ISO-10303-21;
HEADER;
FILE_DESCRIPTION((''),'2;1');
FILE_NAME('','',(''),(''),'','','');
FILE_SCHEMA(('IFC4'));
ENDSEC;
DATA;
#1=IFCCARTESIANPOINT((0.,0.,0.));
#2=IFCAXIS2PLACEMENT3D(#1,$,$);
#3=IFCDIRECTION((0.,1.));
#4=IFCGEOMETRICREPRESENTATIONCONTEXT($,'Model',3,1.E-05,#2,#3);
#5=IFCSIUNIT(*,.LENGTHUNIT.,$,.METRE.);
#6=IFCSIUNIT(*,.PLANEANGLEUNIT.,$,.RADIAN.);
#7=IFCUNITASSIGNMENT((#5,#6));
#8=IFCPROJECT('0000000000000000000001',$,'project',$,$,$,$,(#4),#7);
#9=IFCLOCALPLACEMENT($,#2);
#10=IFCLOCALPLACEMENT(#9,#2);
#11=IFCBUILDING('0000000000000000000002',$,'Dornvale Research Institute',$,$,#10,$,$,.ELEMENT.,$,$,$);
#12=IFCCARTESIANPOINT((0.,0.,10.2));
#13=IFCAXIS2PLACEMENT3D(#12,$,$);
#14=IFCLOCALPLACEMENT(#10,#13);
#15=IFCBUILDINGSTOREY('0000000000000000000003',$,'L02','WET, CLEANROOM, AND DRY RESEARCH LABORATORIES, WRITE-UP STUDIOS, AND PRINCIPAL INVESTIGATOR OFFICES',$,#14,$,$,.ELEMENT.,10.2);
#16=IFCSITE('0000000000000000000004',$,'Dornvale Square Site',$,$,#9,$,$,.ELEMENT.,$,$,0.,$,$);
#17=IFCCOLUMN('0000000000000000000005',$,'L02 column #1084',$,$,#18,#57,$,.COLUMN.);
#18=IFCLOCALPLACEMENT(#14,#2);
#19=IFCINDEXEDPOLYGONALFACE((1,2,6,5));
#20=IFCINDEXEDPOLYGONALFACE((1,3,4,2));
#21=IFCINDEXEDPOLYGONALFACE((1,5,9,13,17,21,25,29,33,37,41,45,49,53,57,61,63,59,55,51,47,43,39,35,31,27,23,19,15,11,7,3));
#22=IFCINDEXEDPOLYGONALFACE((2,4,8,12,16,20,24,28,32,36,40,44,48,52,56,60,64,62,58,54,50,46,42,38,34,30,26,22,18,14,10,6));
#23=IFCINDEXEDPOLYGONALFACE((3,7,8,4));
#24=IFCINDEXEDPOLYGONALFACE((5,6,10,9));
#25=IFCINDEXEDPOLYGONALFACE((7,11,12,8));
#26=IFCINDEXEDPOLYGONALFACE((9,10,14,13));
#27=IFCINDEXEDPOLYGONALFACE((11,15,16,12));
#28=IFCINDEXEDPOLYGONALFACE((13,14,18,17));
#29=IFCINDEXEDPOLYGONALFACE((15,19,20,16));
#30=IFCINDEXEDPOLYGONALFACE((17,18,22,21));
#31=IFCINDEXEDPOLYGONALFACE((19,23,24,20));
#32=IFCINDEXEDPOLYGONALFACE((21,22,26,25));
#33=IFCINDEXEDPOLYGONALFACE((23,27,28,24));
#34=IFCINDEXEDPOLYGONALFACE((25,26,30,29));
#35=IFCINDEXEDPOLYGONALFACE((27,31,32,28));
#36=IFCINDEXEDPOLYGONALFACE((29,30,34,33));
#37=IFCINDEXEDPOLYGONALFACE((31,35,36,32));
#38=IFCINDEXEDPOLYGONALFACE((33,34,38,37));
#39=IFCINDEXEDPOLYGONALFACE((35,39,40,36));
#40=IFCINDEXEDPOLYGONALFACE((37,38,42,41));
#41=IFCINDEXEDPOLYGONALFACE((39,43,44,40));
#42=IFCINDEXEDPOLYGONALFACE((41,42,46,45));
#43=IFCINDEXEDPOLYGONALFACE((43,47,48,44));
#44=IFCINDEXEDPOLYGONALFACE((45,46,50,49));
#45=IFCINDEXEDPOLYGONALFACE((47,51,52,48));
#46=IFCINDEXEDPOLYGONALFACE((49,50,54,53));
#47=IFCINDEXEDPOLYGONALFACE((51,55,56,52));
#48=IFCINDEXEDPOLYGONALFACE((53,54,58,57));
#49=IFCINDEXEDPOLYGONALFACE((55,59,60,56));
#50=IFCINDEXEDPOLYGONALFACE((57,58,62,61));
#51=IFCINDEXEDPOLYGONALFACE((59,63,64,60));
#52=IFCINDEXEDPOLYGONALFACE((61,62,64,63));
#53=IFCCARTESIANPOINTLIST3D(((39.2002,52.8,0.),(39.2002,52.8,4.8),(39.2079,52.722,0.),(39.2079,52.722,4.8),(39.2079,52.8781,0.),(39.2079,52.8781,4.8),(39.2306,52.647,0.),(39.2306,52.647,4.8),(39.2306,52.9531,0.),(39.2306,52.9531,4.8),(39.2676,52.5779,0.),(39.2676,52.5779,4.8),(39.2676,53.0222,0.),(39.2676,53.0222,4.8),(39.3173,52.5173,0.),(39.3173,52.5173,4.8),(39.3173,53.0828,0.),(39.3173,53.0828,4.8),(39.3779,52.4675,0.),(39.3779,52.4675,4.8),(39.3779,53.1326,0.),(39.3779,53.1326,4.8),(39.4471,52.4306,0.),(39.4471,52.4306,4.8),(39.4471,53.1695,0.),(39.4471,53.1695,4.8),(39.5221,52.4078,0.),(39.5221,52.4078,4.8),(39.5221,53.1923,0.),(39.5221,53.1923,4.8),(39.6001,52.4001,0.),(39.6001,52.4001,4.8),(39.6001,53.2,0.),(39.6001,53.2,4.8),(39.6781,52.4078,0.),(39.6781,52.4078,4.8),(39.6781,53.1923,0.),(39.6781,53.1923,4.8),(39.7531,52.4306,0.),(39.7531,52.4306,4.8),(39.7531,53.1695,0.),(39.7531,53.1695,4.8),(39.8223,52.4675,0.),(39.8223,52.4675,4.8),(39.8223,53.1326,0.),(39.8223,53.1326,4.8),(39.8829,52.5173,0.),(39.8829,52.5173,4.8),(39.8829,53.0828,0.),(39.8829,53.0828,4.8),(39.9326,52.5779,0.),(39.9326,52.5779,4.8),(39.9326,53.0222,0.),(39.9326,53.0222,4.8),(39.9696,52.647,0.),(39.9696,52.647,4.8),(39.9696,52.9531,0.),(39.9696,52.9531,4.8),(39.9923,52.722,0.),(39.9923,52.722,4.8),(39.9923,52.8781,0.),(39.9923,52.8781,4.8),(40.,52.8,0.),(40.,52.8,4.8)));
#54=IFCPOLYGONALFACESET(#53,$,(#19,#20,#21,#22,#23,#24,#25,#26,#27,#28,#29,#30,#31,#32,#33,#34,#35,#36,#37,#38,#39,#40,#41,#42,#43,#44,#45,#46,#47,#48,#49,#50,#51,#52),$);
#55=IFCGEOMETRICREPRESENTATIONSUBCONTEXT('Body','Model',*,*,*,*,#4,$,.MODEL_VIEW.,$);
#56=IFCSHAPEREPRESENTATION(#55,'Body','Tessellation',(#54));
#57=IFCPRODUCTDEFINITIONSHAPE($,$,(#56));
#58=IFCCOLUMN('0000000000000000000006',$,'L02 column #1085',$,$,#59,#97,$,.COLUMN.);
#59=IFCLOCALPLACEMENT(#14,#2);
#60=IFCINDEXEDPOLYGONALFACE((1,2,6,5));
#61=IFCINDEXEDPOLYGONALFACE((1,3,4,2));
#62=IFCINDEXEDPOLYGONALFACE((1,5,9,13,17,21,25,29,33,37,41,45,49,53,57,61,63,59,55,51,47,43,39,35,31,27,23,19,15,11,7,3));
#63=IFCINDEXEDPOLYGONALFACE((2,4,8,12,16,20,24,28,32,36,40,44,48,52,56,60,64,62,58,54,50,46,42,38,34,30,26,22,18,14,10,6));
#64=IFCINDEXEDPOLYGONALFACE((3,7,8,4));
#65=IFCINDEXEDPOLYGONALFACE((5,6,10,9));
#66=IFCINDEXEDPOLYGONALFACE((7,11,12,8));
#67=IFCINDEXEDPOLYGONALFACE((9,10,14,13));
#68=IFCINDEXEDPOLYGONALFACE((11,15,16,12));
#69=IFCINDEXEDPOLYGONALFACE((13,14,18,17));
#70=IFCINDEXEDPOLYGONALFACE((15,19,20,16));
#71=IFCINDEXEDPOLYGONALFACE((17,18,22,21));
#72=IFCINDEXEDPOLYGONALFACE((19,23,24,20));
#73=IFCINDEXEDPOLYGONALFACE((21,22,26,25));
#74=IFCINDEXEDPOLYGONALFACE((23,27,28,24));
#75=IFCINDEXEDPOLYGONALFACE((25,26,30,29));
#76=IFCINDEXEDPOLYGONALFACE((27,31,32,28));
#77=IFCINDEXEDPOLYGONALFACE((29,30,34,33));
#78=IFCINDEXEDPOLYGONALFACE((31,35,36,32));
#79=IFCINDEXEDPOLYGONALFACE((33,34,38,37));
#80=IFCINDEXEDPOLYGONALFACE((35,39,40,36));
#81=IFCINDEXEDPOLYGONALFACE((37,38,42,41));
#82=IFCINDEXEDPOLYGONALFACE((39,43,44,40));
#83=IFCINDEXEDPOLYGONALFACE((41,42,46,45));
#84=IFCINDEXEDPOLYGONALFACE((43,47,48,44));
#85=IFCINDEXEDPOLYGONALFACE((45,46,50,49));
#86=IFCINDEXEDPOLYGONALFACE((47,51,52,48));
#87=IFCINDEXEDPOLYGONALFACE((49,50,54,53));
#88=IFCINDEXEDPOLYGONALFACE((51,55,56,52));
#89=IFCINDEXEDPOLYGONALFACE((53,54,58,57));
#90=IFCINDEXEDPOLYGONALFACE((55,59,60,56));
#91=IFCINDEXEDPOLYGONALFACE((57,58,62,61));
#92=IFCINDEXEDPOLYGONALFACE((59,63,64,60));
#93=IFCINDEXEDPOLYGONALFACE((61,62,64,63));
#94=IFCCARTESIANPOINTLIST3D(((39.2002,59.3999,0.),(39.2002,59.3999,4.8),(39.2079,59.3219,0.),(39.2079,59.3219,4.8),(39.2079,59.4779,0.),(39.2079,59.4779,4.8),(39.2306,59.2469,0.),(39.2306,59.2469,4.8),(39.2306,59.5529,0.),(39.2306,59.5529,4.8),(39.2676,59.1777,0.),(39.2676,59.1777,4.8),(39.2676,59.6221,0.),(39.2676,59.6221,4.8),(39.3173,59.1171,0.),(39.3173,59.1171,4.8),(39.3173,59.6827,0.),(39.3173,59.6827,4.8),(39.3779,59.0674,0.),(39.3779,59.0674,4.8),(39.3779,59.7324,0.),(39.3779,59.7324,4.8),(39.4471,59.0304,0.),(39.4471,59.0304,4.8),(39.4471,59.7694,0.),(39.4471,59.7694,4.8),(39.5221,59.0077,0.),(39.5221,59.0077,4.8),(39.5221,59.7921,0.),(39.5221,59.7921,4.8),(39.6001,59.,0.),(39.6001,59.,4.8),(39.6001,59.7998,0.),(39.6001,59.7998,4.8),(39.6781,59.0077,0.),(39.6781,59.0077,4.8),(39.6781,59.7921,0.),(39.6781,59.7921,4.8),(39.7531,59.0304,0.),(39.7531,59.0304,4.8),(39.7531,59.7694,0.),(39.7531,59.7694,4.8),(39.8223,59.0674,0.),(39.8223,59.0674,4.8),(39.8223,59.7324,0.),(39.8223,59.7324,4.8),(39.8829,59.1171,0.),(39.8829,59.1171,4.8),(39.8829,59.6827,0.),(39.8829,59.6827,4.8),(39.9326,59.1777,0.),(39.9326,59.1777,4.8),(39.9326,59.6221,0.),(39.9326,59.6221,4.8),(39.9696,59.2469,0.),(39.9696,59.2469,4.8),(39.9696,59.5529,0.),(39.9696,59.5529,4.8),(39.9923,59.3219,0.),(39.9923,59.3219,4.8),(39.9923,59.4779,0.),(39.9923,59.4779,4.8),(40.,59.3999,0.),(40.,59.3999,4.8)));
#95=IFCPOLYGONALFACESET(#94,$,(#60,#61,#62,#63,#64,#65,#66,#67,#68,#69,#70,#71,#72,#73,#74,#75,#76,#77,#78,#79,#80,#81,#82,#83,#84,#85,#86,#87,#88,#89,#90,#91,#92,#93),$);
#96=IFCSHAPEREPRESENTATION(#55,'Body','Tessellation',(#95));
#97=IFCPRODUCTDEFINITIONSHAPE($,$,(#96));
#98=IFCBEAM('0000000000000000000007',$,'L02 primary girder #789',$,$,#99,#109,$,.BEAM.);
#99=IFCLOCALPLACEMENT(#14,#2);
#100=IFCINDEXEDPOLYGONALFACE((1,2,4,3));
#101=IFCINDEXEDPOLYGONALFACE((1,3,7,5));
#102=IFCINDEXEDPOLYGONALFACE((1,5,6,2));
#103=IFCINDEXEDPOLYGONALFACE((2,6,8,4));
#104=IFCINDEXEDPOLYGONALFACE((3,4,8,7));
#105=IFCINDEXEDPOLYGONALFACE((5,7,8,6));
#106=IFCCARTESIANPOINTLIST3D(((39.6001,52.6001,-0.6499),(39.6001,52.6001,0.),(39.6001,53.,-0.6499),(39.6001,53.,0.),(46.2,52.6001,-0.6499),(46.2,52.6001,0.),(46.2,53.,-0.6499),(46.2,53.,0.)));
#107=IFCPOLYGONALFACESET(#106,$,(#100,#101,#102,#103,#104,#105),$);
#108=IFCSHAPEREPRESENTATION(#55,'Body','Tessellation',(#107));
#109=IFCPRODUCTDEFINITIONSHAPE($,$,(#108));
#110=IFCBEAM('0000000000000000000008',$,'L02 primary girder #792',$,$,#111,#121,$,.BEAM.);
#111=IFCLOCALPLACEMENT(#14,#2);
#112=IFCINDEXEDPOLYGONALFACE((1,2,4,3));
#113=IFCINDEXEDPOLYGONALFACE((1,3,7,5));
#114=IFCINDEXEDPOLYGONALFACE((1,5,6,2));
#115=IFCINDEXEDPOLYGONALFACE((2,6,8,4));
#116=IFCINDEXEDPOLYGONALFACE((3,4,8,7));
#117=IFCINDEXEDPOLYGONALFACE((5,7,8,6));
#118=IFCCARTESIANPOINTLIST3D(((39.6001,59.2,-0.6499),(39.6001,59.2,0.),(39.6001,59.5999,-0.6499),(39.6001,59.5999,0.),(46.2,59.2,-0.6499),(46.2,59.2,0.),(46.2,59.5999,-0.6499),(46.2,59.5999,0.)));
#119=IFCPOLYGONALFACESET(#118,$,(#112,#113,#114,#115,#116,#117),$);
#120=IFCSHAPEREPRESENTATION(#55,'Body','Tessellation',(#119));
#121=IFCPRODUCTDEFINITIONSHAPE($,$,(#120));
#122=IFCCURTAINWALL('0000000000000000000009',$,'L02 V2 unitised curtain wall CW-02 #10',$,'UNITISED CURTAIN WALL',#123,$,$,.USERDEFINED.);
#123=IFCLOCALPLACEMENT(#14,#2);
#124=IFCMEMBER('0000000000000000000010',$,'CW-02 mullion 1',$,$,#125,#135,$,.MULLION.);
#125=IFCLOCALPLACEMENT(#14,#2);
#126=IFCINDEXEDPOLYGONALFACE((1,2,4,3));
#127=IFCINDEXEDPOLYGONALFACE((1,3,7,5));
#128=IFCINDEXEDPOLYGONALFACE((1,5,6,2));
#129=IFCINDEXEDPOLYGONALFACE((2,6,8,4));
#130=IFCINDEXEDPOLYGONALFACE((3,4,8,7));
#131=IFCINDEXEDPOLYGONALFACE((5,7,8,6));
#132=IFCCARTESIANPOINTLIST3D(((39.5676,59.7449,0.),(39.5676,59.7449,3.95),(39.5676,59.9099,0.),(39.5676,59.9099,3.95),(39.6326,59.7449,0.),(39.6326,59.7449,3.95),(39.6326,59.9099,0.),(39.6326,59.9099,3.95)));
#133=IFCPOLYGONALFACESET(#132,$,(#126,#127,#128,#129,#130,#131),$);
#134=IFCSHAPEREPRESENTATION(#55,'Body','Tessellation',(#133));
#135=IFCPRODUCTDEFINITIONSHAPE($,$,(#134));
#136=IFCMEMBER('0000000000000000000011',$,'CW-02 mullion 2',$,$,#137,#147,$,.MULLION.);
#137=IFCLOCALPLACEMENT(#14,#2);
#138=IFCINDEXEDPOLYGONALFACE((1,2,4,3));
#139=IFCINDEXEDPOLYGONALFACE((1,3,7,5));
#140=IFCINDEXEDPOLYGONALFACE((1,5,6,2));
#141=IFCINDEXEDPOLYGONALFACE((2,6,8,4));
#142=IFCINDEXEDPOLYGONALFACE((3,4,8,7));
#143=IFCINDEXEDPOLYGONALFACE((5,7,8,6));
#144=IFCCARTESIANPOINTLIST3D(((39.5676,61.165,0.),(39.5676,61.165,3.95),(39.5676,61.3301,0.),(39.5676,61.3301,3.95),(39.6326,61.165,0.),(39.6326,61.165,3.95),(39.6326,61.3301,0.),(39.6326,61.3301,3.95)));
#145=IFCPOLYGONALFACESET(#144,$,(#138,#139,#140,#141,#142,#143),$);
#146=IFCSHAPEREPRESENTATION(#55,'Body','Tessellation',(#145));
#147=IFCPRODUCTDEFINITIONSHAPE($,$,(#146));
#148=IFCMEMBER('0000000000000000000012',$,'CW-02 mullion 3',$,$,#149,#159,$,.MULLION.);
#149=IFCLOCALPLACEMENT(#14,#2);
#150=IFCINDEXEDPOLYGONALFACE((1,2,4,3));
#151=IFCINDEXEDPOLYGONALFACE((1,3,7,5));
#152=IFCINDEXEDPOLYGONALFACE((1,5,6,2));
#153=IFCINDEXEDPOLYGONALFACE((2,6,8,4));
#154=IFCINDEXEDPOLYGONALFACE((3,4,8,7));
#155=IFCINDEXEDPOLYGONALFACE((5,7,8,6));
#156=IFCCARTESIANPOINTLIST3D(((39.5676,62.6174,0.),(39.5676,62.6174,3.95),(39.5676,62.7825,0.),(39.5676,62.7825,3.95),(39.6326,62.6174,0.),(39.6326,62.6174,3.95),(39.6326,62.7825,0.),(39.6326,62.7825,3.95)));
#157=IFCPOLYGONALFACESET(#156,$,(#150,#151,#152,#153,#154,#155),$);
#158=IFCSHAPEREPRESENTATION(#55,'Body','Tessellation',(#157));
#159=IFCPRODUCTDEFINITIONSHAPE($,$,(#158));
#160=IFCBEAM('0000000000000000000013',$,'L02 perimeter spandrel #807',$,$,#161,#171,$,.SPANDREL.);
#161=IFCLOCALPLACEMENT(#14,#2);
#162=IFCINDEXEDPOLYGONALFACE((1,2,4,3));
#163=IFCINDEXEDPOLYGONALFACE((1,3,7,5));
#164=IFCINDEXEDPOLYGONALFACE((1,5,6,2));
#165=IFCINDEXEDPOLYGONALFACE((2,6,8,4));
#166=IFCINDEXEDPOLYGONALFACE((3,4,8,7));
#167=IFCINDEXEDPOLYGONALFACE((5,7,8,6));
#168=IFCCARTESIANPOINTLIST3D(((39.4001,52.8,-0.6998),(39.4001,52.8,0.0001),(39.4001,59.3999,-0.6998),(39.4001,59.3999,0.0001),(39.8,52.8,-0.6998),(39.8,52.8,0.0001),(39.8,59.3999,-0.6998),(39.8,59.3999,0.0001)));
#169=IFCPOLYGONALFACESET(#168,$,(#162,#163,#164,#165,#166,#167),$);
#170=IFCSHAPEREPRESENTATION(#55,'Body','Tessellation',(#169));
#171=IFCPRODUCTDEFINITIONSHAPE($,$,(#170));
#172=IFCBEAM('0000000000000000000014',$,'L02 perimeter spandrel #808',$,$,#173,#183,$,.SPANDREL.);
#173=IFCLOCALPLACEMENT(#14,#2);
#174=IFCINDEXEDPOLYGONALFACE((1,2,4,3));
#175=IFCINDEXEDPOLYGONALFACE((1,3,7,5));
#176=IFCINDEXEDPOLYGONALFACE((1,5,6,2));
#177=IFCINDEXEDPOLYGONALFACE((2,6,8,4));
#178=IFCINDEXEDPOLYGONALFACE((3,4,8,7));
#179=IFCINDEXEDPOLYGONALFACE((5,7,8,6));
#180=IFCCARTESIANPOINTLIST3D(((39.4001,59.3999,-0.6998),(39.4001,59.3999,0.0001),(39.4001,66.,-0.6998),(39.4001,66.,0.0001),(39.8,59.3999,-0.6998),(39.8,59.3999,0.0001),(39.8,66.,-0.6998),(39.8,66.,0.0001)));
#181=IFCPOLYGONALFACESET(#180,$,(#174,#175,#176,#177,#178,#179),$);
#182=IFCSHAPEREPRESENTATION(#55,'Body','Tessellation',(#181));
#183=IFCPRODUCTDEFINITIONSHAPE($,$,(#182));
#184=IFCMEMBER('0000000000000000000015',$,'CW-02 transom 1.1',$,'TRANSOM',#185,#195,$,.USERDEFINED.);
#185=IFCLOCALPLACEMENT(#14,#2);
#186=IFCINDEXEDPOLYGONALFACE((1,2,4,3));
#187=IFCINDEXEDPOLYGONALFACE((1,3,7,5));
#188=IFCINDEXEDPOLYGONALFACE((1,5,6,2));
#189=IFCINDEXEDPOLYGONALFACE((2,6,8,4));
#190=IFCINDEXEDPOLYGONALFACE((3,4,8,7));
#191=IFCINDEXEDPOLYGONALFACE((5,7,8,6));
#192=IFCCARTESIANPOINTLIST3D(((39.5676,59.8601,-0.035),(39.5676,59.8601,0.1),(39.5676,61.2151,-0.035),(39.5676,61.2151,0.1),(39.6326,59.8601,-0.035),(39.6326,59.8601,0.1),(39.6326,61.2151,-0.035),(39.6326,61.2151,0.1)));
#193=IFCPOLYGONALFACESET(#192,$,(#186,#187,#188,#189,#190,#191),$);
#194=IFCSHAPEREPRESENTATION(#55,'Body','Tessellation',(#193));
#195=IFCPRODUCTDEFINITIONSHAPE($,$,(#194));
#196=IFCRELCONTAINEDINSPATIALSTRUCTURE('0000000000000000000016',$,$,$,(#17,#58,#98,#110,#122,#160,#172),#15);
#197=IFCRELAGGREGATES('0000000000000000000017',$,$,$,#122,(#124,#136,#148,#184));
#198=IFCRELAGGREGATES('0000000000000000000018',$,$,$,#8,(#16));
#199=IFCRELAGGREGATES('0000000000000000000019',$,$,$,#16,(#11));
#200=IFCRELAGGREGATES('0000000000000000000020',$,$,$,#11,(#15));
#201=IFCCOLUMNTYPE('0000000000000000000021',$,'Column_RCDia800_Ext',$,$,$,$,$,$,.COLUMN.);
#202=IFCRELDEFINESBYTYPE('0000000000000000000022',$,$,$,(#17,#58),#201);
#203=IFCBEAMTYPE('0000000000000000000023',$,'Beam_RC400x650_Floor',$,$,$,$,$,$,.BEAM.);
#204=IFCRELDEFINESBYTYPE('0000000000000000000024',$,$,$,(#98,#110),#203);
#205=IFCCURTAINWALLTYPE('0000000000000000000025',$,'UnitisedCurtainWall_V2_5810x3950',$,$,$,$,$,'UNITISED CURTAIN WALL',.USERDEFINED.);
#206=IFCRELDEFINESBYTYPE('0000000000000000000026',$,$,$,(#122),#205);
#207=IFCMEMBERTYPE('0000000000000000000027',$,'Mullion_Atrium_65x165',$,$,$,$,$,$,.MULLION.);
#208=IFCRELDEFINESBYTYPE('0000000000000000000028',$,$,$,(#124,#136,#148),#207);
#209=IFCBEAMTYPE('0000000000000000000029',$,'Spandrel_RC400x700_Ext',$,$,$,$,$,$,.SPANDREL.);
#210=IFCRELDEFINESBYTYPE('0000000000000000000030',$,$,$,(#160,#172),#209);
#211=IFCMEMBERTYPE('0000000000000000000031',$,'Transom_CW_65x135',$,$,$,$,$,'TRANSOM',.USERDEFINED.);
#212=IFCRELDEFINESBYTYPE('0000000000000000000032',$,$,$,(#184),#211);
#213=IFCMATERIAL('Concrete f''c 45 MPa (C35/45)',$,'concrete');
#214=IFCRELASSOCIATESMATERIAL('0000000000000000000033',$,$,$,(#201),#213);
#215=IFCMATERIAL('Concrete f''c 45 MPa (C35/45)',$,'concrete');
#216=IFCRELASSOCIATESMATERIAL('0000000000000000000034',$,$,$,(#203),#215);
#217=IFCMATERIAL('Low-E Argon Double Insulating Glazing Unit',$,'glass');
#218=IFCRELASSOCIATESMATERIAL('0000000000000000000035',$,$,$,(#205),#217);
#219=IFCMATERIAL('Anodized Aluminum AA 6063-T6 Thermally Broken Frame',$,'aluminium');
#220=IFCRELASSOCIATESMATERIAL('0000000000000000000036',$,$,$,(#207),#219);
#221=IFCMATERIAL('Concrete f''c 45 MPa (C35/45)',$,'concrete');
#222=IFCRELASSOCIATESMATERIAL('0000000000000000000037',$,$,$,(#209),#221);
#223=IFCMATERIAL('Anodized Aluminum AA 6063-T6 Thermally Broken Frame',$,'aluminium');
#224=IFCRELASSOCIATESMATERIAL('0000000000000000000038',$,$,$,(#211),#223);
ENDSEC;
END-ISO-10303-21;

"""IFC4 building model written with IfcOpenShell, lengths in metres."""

from ifc_helpers import new_model, si_unit, direction, frame, origin, origin_2d, place, context, subcontext, project, spatial, rectangle, circle, extrude, material, material_profile, profile_set, type_object, element, aggregate, save


model = new_model("IFC4")

# Units and contexts
model_context = context("Model", 3, precision=1e-05, world=origin(), true_north=direction((0.0, 1.0)))
body_context = subcontext(model_context, "Body", "Model", "MODEL_VIEW")
ifc_project = project(units=[si_unit("LENGTHUNIT", "METRE"), si_unit("PLANEANGLEUNIT", "RADIAN")], contexts=[model_context])

# Site, building, storey
site_placement = place(None, origin())
site = spatial("IfcSite", under=ifc_project, at=site_placement, Name="Dornvale Square Site", CompositionType="ELEMENT", RefElevation=0.0)
building_placement = place(site_placement, origin())
building = spatial("IfcBuilding", under=site, at=building_placement, Name="Dornvale Research Institute", CompositionType="ELEMENT")
storey_placement = place(building_placement, frame((0.0, 0.0, 10.2)))
storey = spatial("IfcBuildingStorey", under=building, at=storey_placement, Name="L02", Description="WET, CLEANROOM, AND DRY RESEARCH LABORATORIES, WRITE-UP STUDIOS, AND PRINCIPAL INVESTIGATOR OFFICES", CompositionType="ELEMENT", Elevation=10.2)

# Columns
ifc_material_1 = material(Name="Concrete f'c 45 MPa (C35/45)", Category="concrete")
ifc_material_profile_1 = material_profile(ifc_material_1, circle(Radius=0.3999, at=origin_2d()), Name="RC DIA 800")
ifc_profile_set_1 = profile_set([ifc_material_profile_1], Name="Concrete f'c 45 MPa (C35/45)")
column_type = type_object("IfcColumnType", Name="Column_RCDia800_Ext", PredefinedType="COLUMN", material=ifc_profile_set_1)
for number, where, z_axis, x_axis, name in (
    (1, (39.6001, 52.8, 0.0), (0.0, 0.0, 1.0), (1.0, 0.0, 0.0), "L02 column #1084"),
    (2, (39.6001, 59.3999, 0.0), (0.0, 0.0, 1.0), (1.0, 0.0, 0.0), "L02 column #1085"),
):
    element("IfcColumn", number, at=place(storey_placement, frame(where, z_axis=z_axis, x_axis=x_axis)), inside=storey, type_object=column_type, Name=name, PredefinedType="COLUMN", context=body_context, shape_type="SweptSolid", body=[
        extrude(circle(Radius=0.3999, at=origin_2d()), origin(), (0.0, 0.0, 1.0), 4.8),
    ])

# Beams
ifc_material_2 = material(Name="Concrete f'c 45 MPa (C35/45)", Category="concrete")
ifc_material_profile_2 = material_profile(ifc_material_2, rectangle(XDim=0.3999, YDim=0.6499, at=origin_2d()), Name="RC 400x650")
ifc_profile_set_2 = profile_set([ifc_material_profile_2], Name="Concrete f'c 45 MPa (C35/45)")
beam_type_1 = type_object("IfcBeamType", Name="Beam_RC400x650_Floor", PredefinedType="BEAM", material=ifc_profile_set_2)
for number, where, z_axis, x_axis, name in (
    (3, (39.6001, 52.8, -0.325), (1.0, 0.0, 0.0), (0.0, 1.0, 0.0), "L02 primary girder #789"),
    (4, (39.6001, 59.3999, -0.325), (1.0, 0.0, 0.0), (0.0, 1.0, 0.0), "L02 primary girder #792"),
):
    element("IfcBeam", number, at=place(storey_placement, frame(where, z_axis=z_axis, x_axis=x_axis)), inside=storey, type_object=beam_type_1, Name=name, PredefinedType="BEAM", context=body_context, shape_type="SweptSolid", body=[
        extrude(rectangle(XDim=0.3999, YDim=0.6499, at=origin_2d()), origin(), (0.0, 0.0, 1.0), 6.5999),
    ])

# Curtain wall, members
ifc_material_3 = material(Name="Low-E Argon Double Insulating Glazing Unit", Category="glass")
curtain_wall_type = type_object("IfcCurtainWallType", Name="UnitisedCurtainWall_V2_5810x3950", ElementType="UNITISED CURTAIN WALL", PredefinedType="USERDEFINED", material=ifc_material_3)
curtain_wall_placement = place(storey_placement, origin())
curtain_wall = element("IfcCurtainWall", 5, at=curtain_wall_placement, inside=storey, type_object=curtain_wall_type, Name="L02 V2 unitised curtain wall CW-02 #10", ObjectType="UNITISED CURTAIN WALL", PredefinedType="USERDEFINED")
ifc_material_4 = material(Name="Anodized Aluminum AA 6063-T6 Thermally Broken Frame", Category="aluminium")
ifc_material_profile_3 = material_profile(ifc_material_4, rectangle(XDim=0.0649, YDim=0.165, at=origin_2d()), Name="ALU MULLION 65x165")
ifc_profile_set_3 = profile_set([ifc_material_profile_3], Name="Anodized Aluminum AA 6063-T6 Thermally Broken Frame")
member_type_1 = type_object("IfcMemberType", Name="Mullion_Atrium_65x165", PredefinedType="MULLION", material=ifc_profile_set_3)
member_1_placement = place(storey_placement, frame((39.6001, 59.8274, 0.0), z_axis=(0.0, 0.0, 1.0), x_axis=(-1.0, 0.0, 0.0)))
member_1 = element("IfcMember", 6, at=member_1_placement, type_object=member_type_1, Name="CW-02 mullion 1", PredefinedType="MULLION", context=body_context, shape_type="SweptSolid", body=[
    extrude(rectangle(XDim=0.0649, YDim=0.165, at=origin_2d()), origin(), (0.0, 0.0, 1.0), 3.95),
])
member_2_placement = place(storey_placement, frame((39.6001, 61.2476, 0.0), z_axis=(0.0, 0.0, 1.0), x_axis=(-1.0, 0.0, 0.0)))
member_2 = element("IfcMember", 7, at=member_2_placement, type_object=member_type_1, Name="CW-02 mullion 2", PredefinedType="MULLION", context=body_context, shape_type="SweptSolid", body=[
    extrude(rectangle(XDim=0.0649, YDim=0.165, at=origin_2d()), origin(), (0.0, 0.0, 1.0), 3.95),
])
member_3_placement = place(storey_placement, frame((39.6001, 62.7, 0.0), z_axis=(0.0, 0.0, 1.0), x_axis=(-1.0, 0.0, 0.0)))
member_3 = element("IfcMember", 8, at=member_3_placement, type_object=member_type_1, Name="CW-02 mullion 3", PredefinedType="MULLION", context=body_context, shape_type="SweptSolid", body=[
    extrude(rectangle(XDim=0.0649, YDim=0.165, at=origin_2d()), origin(), (0.0, 0.0, 1.0), 3.95),
])

# Beams
ifc_material_5 = material(Name="Concrete f'c 45 MPa (C35/45)", Category="concrete")
ifc_material_profile_4 = material_profile(ifc_material_5, rectangle(XDim=0.3999, YDim=0.7, at=origin_2d()), Name="RC 400x700")
ifc_profile_set_4 = profile_set([ifc_material_profile_4], Name="Concrete f'c 45 MPa (C35/45)")
beam_type_2 = type_object("IfcBeamType", Name="Spandrel_RC400x700_Ext", PredefinedType="SPANDREL", material=ifc_profile_set_4)
beam_1_placement = place(storey_placement, frame((39.6001, 52.8, -0.3499), z_axis=(0.0, 1.0, 0.0), x_axis=(-1.0, 0.0, 0.0)))
element("IfcBeam", 9, at=beam_1_placement, inside=storey, type_object=beam_type_2, Name="L02 perimeter spandrel #807", PredefinedType="SPANDREL", context=body_context, shape_type="SweptSolid", body=[
    extrude(rectangle(XDim=0.3999, YDim=0.7, at=origin_2d()), origin(), (0.0, 0.0, 1.0), 6.5999),
])
beam_2_placement = place(storey_placement, frame((39.6001, 59.3999, -0.3499), z_axis=(0.0, 1.0, 0.0), x_axis=(-1.0, 0.0, 0.0)))
element("IfcBeam", 10, at=beam_2_placement, inside=storey, type_object=beam_type_2, Name="L02 perimeter spandrel #808", PredefinedType="SPANDREL", context=body_context, shape_type="SweptSolid", body=[
    extrude(rectangle(XDim=0.3999, YDim=0.7, at=origin_2d()), origin(), (0.0, 0.0, 1.0), 6.6001),
])

# Member
ifc_material_6 = material(Name="Anodized Aluminum AA 6063-T6 Thermally Broken Frame", Category="aluminium")
ifc_material_profile_5 = material_profile(ifc_material_6, rectangle(XDim=0.0649, YDim=0.135, at=origin_2d()), Name="ALU TRANSOM 65x135")
ifc_profile_set_5 = profile_set([ifc_material_profile_5], Name="Anodized Aluminum AA 6063-T6 Thermally Broken Frame")
member_type_2 = type_object("IfcMemberType", Name="Transom_CW_65x135", ElementType="TRANSOM", PredefinedType="USERDEFINED", material=ifc_profile_set_5)
member_4_placement = place(storey_placement, frame((39.6001, 59.8601, 0.0325), z_axis=(0.0, 1.0, 0.0), x_axis=(-1.0, 0.0, 0.0)))
member_4 = element("IfcMember", 11, at=member_4_placement, type_object=member_type_2, Name="CW-02 transom 1.1", ObjectType="TRANSOM", PredefinedType="USERDEFINED", context=body_context, shape_type="SweptSolid", body=[
    extrude(rectangle(XDim=0.0649, YDim=0.135, at=origin_2d()), origin(), (0.0, 0.0, 1.0), 1.355),
])

aggregate(curtain_wall, [member_1, member_2, member_3, member_4])

save(model, "model.ifc")
